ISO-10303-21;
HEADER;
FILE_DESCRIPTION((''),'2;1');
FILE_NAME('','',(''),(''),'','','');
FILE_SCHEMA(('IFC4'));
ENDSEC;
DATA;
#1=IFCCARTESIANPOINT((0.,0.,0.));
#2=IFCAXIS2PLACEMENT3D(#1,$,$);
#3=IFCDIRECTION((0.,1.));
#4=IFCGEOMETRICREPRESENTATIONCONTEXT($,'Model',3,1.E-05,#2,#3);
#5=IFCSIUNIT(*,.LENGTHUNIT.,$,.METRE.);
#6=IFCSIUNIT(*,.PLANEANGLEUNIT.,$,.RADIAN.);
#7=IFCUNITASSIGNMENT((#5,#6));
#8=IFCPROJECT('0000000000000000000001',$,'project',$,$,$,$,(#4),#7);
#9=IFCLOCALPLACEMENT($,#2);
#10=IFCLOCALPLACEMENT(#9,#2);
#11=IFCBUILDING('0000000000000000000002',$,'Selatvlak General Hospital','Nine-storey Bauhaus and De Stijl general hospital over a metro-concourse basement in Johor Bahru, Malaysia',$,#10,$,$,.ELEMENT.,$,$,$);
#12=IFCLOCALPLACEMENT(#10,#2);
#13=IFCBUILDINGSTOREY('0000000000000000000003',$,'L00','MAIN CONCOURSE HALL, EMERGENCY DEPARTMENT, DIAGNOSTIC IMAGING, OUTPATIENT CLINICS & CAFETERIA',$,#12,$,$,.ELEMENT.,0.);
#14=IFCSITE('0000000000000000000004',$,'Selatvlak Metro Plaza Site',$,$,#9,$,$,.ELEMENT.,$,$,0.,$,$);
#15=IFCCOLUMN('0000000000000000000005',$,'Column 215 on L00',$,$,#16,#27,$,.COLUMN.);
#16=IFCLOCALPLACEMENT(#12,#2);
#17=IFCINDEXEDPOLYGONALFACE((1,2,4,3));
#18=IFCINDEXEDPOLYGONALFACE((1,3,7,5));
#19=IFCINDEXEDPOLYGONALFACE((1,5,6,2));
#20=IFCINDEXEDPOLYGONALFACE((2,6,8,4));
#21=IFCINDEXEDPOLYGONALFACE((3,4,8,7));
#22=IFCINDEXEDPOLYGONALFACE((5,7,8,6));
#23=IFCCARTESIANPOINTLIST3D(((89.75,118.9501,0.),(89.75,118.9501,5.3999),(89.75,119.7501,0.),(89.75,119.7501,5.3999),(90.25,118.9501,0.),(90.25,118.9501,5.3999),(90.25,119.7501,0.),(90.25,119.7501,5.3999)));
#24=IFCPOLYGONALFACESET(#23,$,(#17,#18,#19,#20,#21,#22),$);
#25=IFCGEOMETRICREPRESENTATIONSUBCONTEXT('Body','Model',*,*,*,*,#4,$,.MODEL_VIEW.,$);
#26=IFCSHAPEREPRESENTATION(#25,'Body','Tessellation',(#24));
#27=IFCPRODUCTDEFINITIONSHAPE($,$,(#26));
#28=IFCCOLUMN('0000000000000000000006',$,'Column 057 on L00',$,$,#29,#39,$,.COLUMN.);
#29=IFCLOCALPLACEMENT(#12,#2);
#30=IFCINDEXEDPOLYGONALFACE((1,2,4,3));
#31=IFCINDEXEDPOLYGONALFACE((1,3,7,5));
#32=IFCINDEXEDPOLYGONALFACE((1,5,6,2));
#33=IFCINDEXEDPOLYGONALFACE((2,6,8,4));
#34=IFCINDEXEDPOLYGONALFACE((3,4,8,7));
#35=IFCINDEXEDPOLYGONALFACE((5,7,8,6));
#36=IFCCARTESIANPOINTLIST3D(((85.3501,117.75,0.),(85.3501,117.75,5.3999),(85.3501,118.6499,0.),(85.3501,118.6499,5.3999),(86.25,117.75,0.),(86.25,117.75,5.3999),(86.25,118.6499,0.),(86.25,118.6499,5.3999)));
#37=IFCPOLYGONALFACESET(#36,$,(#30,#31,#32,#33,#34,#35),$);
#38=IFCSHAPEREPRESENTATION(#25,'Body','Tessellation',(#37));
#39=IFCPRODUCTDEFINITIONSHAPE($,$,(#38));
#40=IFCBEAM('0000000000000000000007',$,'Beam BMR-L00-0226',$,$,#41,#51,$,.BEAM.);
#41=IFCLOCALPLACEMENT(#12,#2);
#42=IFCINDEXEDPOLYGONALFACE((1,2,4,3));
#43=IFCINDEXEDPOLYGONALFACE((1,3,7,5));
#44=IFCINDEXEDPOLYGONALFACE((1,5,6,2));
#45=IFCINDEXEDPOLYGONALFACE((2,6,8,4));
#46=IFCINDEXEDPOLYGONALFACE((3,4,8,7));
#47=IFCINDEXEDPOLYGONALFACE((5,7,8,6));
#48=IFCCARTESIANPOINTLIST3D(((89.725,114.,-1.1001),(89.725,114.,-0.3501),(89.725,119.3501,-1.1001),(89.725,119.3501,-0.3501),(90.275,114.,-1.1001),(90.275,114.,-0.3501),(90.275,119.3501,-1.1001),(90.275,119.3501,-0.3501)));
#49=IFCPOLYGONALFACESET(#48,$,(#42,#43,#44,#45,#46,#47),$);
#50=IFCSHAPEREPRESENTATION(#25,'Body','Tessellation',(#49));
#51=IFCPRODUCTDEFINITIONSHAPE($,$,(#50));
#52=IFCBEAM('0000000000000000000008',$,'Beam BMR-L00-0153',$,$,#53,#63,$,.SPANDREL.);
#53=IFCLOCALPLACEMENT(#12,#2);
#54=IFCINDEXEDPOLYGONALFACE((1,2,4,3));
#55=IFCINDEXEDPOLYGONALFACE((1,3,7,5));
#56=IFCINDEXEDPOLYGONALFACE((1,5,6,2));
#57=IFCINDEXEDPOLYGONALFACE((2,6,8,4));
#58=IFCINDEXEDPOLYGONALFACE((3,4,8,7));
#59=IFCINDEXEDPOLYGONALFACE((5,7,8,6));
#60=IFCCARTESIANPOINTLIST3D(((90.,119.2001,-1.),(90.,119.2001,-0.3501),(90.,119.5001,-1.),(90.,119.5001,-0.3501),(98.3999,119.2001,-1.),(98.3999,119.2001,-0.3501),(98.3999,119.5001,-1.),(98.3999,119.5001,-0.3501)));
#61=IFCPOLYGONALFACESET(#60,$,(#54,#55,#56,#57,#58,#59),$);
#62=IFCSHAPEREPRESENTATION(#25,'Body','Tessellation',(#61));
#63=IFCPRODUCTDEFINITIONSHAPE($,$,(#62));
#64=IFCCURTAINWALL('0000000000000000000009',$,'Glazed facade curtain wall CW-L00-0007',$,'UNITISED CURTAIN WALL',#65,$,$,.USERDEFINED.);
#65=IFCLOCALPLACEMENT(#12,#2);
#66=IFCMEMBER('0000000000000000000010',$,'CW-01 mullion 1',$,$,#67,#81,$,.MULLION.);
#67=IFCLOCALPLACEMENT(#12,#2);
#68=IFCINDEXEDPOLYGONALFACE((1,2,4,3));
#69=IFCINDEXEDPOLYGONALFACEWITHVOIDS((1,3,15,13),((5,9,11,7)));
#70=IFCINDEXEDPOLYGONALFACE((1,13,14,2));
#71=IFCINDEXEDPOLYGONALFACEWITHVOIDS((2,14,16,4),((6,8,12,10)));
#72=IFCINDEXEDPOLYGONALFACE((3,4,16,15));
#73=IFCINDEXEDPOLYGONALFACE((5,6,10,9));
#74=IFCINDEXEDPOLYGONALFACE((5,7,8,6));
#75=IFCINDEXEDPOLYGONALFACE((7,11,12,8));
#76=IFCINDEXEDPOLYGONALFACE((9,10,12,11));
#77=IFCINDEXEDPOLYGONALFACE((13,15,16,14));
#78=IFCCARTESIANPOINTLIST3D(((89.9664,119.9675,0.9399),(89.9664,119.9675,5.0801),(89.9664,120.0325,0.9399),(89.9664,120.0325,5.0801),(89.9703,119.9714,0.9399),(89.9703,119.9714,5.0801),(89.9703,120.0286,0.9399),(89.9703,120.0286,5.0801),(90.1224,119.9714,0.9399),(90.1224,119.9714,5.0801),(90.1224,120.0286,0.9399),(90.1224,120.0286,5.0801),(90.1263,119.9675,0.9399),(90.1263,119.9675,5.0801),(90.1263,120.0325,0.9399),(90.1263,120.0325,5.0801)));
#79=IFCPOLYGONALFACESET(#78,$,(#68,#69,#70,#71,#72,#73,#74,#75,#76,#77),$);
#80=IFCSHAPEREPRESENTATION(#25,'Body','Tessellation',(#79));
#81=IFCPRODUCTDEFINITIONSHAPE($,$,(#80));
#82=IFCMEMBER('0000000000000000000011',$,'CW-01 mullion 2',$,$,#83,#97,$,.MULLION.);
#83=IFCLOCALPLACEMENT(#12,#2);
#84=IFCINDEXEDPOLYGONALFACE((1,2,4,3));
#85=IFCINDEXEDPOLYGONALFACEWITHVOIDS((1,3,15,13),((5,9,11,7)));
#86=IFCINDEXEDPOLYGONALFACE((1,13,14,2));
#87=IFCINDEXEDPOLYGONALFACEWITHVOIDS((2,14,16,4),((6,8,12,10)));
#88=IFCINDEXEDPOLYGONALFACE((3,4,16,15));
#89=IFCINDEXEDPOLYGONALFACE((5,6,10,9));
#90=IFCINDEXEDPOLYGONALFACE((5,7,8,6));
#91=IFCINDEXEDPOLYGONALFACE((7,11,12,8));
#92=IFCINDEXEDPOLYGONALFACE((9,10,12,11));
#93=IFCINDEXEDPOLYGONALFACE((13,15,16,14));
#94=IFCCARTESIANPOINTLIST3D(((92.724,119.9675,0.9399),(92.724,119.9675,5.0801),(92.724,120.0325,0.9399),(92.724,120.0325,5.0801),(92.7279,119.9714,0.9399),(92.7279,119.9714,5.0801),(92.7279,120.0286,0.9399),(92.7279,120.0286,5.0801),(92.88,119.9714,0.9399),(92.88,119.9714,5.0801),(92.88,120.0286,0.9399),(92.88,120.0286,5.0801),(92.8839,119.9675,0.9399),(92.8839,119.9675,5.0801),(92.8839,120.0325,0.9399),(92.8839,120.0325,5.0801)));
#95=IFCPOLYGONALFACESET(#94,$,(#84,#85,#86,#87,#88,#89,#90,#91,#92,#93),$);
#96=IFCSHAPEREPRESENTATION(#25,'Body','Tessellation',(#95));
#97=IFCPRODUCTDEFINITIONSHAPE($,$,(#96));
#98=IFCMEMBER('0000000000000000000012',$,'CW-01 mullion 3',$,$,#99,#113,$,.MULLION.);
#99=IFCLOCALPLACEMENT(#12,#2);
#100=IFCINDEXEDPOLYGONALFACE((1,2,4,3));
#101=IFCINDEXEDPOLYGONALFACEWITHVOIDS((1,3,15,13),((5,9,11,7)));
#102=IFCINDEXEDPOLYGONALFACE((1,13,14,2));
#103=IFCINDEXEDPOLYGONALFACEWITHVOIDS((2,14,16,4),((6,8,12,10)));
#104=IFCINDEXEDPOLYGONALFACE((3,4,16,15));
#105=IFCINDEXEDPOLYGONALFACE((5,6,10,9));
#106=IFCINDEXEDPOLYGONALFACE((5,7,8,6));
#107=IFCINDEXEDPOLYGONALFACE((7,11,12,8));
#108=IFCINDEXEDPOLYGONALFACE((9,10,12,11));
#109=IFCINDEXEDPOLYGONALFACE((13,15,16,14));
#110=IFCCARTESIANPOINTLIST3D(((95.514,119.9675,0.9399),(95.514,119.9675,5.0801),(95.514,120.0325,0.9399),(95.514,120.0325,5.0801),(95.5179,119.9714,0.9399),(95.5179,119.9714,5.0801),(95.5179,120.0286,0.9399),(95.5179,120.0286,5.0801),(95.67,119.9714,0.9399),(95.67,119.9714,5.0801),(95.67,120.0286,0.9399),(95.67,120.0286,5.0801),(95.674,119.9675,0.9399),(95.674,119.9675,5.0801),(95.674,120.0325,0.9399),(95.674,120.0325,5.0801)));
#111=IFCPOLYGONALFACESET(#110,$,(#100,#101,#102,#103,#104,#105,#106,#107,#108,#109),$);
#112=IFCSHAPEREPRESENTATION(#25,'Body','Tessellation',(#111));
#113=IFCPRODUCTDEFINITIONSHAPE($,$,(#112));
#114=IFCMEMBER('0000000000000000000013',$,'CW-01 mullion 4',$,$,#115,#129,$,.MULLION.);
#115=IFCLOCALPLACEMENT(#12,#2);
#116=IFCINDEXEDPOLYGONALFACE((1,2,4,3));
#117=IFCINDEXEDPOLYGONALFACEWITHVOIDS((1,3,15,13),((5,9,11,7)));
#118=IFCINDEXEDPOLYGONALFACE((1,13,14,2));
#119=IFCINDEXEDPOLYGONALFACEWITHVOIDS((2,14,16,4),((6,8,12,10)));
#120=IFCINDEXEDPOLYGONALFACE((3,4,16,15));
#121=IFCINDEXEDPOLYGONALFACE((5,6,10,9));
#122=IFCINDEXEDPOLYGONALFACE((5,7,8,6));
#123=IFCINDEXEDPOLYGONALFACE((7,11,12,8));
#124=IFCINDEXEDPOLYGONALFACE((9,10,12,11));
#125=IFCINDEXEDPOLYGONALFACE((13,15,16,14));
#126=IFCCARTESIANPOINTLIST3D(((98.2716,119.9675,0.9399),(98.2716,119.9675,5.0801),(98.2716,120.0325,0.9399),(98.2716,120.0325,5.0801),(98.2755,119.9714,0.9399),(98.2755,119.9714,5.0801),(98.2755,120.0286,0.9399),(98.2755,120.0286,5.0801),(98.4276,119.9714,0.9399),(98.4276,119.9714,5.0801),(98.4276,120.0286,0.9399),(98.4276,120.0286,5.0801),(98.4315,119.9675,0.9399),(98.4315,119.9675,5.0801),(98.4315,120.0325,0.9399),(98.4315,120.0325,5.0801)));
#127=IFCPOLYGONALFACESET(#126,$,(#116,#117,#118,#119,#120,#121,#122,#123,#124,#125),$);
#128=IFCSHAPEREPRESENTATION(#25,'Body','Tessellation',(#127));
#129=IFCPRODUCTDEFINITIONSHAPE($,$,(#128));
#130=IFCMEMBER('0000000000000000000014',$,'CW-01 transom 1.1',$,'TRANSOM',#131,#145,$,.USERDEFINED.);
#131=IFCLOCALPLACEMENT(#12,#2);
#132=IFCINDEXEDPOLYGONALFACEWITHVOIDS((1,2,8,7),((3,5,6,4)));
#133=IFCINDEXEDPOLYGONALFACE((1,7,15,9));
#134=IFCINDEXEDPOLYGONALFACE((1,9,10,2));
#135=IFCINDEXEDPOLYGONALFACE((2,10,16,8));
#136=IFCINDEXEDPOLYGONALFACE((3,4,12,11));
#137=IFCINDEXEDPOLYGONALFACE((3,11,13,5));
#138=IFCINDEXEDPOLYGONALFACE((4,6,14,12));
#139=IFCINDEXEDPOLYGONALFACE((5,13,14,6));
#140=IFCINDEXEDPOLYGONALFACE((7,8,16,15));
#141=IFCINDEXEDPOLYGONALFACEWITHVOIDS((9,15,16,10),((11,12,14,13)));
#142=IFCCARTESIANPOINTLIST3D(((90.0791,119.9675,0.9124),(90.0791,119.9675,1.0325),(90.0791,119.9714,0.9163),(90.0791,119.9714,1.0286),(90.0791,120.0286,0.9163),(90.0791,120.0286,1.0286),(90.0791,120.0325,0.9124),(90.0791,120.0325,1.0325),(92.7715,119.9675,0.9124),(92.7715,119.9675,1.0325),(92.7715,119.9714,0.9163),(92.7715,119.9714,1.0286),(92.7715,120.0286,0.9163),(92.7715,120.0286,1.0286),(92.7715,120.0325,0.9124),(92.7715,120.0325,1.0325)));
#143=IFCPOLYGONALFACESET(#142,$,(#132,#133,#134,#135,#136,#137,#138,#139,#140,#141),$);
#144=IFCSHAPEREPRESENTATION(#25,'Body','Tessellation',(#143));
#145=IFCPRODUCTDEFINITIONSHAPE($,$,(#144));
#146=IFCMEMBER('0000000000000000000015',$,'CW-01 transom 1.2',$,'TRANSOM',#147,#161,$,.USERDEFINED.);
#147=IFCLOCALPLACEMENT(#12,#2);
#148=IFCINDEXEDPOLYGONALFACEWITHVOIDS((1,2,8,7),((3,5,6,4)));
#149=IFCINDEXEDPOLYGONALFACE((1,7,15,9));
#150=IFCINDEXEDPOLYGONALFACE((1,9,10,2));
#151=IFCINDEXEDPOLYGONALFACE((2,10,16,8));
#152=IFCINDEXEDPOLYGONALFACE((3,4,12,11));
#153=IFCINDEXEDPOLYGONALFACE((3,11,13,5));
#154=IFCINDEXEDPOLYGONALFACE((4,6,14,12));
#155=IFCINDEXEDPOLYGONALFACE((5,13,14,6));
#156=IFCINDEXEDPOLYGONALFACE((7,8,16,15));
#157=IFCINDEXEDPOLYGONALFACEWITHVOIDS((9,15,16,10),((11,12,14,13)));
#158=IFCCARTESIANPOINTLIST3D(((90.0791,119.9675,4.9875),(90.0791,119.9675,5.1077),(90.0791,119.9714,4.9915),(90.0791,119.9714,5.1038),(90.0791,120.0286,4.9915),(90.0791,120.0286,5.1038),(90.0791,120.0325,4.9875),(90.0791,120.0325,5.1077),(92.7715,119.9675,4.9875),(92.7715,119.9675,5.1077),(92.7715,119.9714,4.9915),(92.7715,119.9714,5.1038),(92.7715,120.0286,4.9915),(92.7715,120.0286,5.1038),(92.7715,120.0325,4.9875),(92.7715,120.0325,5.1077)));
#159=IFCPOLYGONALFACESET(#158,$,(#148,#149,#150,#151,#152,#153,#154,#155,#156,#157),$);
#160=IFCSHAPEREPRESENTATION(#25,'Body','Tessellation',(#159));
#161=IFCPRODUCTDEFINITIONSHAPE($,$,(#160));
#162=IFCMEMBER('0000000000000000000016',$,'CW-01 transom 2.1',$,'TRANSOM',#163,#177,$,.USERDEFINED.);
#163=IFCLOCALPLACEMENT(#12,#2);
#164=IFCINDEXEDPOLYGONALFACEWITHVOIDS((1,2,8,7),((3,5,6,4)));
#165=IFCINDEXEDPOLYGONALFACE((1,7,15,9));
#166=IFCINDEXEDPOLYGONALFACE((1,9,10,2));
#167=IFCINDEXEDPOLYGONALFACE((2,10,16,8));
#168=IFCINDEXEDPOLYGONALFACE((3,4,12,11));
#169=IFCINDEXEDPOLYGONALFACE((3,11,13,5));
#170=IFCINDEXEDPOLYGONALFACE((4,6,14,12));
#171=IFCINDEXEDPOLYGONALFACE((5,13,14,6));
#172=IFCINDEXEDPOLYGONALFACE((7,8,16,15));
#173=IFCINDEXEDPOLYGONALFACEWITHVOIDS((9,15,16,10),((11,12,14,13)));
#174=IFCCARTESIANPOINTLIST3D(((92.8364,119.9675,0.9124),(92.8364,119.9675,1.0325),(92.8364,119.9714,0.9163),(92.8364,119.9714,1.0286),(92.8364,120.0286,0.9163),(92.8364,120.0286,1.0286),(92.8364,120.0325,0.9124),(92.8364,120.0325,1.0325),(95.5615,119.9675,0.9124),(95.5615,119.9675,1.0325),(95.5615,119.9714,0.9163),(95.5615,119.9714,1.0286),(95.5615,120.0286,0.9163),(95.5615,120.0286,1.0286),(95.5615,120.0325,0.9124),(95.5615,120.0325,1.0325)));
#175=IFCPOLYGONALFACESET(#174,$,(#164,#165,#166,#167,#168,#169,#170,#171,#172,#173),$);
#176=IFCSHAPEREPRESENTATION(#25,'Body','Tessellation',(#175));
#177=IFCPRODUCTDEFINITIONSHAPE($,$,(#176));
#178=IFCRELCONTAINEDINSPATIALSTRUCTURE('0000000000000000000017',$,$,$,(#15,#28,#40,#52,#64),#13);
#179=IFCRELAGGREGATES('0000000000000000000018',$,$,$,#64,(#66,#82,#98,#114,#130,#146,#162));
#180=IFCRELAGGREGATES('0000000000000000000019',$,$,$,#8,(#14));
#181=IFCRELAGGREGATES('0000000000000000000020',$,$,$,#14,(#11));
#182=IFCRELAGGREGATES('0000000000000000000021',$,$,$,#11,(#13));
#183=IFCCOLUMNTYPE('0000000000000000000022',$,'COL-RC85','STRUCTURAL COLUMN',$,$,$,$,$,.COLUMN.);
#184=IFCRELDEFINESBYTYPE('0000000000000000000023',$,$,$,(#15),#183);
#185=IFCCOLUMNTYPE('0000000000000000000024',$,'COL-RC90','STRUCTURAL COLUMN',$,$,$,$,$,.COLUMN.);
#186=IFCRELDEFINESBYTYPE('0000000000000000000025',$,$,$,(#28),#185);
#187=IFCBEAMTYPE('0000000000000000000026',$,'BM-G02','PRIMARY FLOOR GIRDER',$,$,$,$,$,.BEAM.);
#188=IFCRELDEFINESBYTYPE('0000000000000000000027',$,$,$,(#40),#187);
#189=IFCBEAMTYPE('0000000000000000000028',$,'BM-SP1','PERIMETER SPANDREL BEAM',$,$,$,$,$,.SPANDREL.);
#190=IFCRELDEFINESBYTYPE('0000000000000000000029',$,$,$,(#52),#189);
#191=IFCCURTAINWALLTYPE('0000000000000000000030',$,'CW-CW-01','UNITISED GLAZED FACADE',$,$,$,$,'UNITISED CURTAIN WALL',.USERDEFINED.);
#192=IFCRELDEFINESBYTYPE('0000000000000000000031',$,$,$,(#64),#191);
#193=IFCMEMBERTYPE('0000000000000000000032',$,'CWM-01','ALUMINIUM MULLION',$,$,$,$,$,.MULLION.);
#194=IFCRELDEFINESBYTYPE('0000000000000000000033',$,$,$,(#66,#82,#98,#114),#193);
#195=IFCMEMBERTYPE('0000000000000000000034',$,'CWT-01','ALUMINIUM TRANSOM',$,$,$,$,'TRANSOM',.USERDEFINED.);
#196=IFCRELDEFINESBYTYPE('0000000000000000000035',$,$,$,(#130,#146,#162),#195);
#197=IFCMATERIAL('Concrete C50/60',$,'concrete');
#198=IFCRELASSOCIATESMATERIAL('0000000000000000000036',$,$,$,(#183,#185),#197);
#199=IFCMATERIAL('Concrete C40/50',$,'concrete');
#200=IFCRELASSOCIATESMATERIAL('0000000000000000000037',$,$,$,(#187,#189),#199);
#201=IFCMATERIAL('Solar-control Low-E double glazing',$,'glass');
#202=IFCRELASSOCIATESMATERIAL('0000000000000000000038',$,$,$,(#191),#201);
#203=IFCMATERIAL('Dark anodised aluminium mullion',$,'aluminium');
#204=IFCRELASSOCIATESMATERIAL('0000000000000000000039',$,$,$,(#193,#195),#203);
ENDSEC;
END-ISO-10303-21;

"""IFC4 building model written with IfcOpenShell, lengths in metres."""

from ifc_helpers import new_model, si_unit, direction, frame, origin, origin_2d, place, context, subcontext, project, spatial, rectangle, hollow_rectangle, extrude, material, material_profile, profile_set, type_object, element, aggregate, save


model = new_model("IFC4")

# Units and contexts
model_context = context("Model", 3, precision=1e-05, world=origin(), true_north=direction((0.0, 1.0)))
body_context = subcontext(model_context, "Body", "Model", "MODEL_VIEW")
ifc_project = project(units=[si_unit("LENGTHUNIT", "METRE"), si_unit("PLANEANGLEUNIT", "RADIAN")], contexts=[model_context])

# Site, building, storey
site_placement = place(None, origin())
site = spatial("IfcSite", under=ifc_project, at=site_placement, Name="Selatvlak Metro Plaza Site", CompositionType="ELEMENT", RefElevation=0.0)
building_placement = place(site_placement, origin())
building = spatial("IfcBuilding", under=site, at=building_placement, Name="Selatvlak General Hospital", Description="Nine-storey Bauhaus and De Stijl general hospital over a metro-concourse basement in Johor Bahru, Malaysia", CompositionType="ELEMENT")
storey_placement = place(building_placement, origin())
storey = spatial("IfcBuildingStorey", under=building, at=storey_placement, Name="L00", Description="MAIN CONCOURSE HALL, EMERGENCY DEPARTMENT, DIAGNOSTIC IMAGING, OUTPATIENT CLINICS & CAFETERIA", CompositionType="ELEMENT", Elevation=0.0)

# Columns
ifc_material_1 = material(Name="Concrete C50/60", Category="concrete")
ifc_material_profile_1 = material_profile(ifc_material_1, rectangle(XDim=0.5, YDim=0.8, at=origin_2d()), Name="RC-COL 800x500")
ifc_profile_set_1 = profile_set([ifc_material_profile_1], Name="Concrete C50/60")
column_type_1 = type_object("IfcColumnType", Name="COL-RC85", Description="STRUCTURAL COLUMN", PredefinedType="COLUMN", material=ifc_profile_set_1)
column_1_placement = place(storey_placement, frame((90.0, 119.3501, 0.0), z_axis=(0.0, 0.0, 1.0), x_axis=(1.0, 0.0, 0.0)))
element("IfcColumn", 1, at=column_1_placement, inside=storey, type_object=column_type_1, Name="Column 215 on L00", PredefinedType="COLUMN", context=body_context, shape_type="SweptSolid", body=[
    extrude(rectangle(XDim=0.5, YDim=0.8, at=origin_2d()), origin(), (0.0, 0.0, 1.0), 5.3999),
])
ifc_material_profile_2 = material_profile(ifc_material_1, rectangle(XDim=0.8999, YDim=0.8999, at=origin_2d()), Name="RC-COL 900x900")
ifc_profile_set_2 = profile_set([ifc_material_profile_2], Name="Concrete C50/60")
column_type_2 = type_object("IfcColumnType", Name="COL-RC90", Description="STRUCTURAL COLUMN", PredefinedType="COLUMN", material=ifc_profile_set_2)
column_2_placement = place(storey_placement, frame((85.8, 118.2, 0.0), z_axis=(0.0, 0.0, 1.0), x_axis=(1.0, 0.0, 0.0)))
element("IfcColumn", 2, at=column_2_placement, inside=storey, type_object=column_type_2, Name="Column 057 on L00", PredefinedType="COLUMN", context=body_context, shape_type="SweptSolid", body=[
    extrude(rectangle(XDim=0.8999, YDim=0.8999, at=origin_2d()), origin(), (0.0, 0.0, 1.0), 5.3999),
])

# Beams
ifc_material_2 = material(Name="Concrete C40/50", Category="concrete")
ifc_material_profile_3 = material_profile(ifc_material_2, rectangle(XDim=0.55, YDim=0.75, at=origin_2d()), Name="RC-BM 550x750")
ifc_profile_set_3 = profile_set([ifc_material_profile_3], Name="Concrete C40/50")
beam_type_1 = type_object("IfcBeamType", Name="BM-G02", Description="PRIMARY FLOOR GIRDER", PredefinedType="BEAM", material=ifc_profile_set_3)
beam_1_placement = place(storey_placement, frame((90.0, 114.0, -0.7251), z_axis=(0.0, 1.0, 0.0), x_axis=(-1.0, 0.0, 0.0)))
element("IfcBeam", 3, at=beam_1_placement, inside=storey, type_object=beam_type_1, Name="Beam BMR-L00-0226", PredefinedType="BEAM", context=body_context, shape_type="SweptSolid", body=[
    extrude(rectangle(XDim=0.55, YDim=0.75, at=origin_2d()), origin(), (0.0, 0.0, 1.0), 5.3501),
])
ifc_material_profile_4 = material_profile(ifc_material_2, rectangle(XDim=0.3, YDim=0.6499, at=origin_2d()), Name="RC-SP 300x650")
ifc_profile_set_4 = profile_set([ifc_material_profile_4], Name="Concrete C40/50")
beam_type_2 = type_object("IfcBeamType", Name="BM-SP1", Description="PERIMETER SPANDREL BEAM", PredefinedType="SPANDREL", material=ifc_profile_set_4)
beam_2_placement = place(storey_placement, frame((90.0, 119.3501, -0.675), z_axis=(1.0, 0.0, 0.0), x_axis=(0.0, 1.0, 0.0)))
element("IfcBeam", 4, at=beam_2_placement, inside=storey, type_object=beam_type_2, Name="Beam BMR-L00-0153", PredefinedType="SPANDREL", context=body_context, shape_type="SweptSolid", body=[
    extrude(rectangle(XDim=0.3, YDim=0.6499, at=origin_2d()), origin(), (0.0, 0.0, 1.0), 8.3999),
])

# Curtain wall, members
ifc_material_3 = material(Name="Solar-control Low-E double glazing", Category="glass")
curtain_wall_type = type_object("IfcCurtainWallType", Name="CW-CW-01", Description="UNITISED GLAZED FACADE", ElementType="UNITISED CURTAIN WALL", PredefinedType="USERDEFINED", material=ifc_material_3)
curtain_wall_placement = place(storey_placement, origin())
curtain_wall = element("IfcCurtainWall", 5, at=curtain_wall_placement, inside=storey, type_object=curtain_wall_type, Name="Glazed facade curtain wall CW-L00-0007", ObjectType="UNITISED CURTAIN WALL", PredefinedType="USERDEFINED")
ifc_material_4 = material(Name="Dark anodised aluminium mullion", Category="aluminium")
ifc_material_profile_5 = material_profile(ifc_material_4, hollow_rectangle(XDim=0.0649, YDim=0.1599, WallThickness=0.0039, at=origin_2d()), Name="AL-MUL 65x160x4")
ifc_profile_set_5 = profile_set([ifc_material_profile_5], Name="Dark anodised aluminium mullion")
member_type_1 = type_object("IfcMemberType", Name="CWM-01", Description="ALUMINIUM MULLION", PredefinedType="MULLION", material=ifc_profile_set_5)
member_1_placement = place(storey_placement, frame((90.0464, 120.0, 0.9399), z_axis=(0.0, 0.0, 1.0), x_axis=(0.0, 1.0, 0.0)))
member_1 = element("IfcMember", 6, at=member_1_placement, type_object=member_type_1, Name="CW-01 mullion 1", PredefinedType="MULLION", context=body_context, shape_type="SweptSolid", body=[
    extrude(hollow_rectangle(XDim=0.0649, YDim=0.1599, WallThickness=0.0039, at=origin_2d()), origin(), (0.0, 0.0, 1.0), 4.1401),
])
member_2_placement = place(storey_placement, frame((92.804, 120.0, 0.9399), z_axis=(0.0, 0.0, 1.0), x_axis=(0.0, 1.0, 0.0)))
member_2 = element("IfcMember", 7, at=member_2_placement, type_object=member_type_1, Name="CW-01 mullion 2", PredefinedType="MULLION", context=body_context, shape_type="SweptSolid", body=[
    extrude(hollow_rectangle(XDim=0.0649, YDim=0.1599, WallThickness=0.0039, at=origin_2d()), origin(), (0.0, 0.0, 1.0), 4.1401),
])
member_3_placement = place(storey_placement, frame((95.594, 120.0, 0.9399), z_axis=(0.0, 0.0, 1.0), x_axis=(0.0, 1.0, 0.0)))
member_3 = element("IfcMember", 8, at=member_3_placement, type_object=member_type_1, Name="CW-01 mullion 3", PredefinedType="MULLION", context=body_context, shape_type="SweptSolid", body=[
    extrude(hollow_rectangle(XDim=0.0649, YDim=0.1599, WallThickness=0.0039, at=origin_2d()), origin(), (0.0, 0.0, 1.0), 4.1401),
])
member_4_placement = place(storey_placement, frame((98.3516, 120.0, 0.9399), z_axis=(0.0, 0.0, 1.0), x_axis=(0.0, 1.0, 0.0)))
member_4 = element("IfcMember", 9, at=member_4_placement, type_object=member_type_1, Name="CW-01 mullion 4", PredefinedType="MULLION", context=body_context, shape_type="SweptSolid", body=[
    extrude(hollow_rectangle(XDim=0.0649, YDim=0.1599, WallThickness=0.0039, at=origin_2d()), origin(), (0.0, 0.0, 1.0), 4.1401),
])
ifc_material_profile_6 = material_profile(ifc_material_4, hollow_rectangle(XDim=0.0649, YDim=0.1201, WallThickness=0.0039, at=origin_2d()), Name="AL-TRN 65x120x4")
ifc_profile_set_6 = profile_set([ifc_material_profile_6], Name="Dark anodised aluminium mullion")
member_type_2 = type_object("IfcMemberType", Name="CWT-01", Description="ALUMINIUM TRANSOM", ElementType="TRANSOM", PredefinedType="USERDEFINED", material=ifc_profile_set_6)
member_5_placement = place(storey_placement, frame((90.0791, 120.0, 0.9724), z_axis=(1.0, 0.0, 0.0), x_axis=(0.0, 1.0, 0.0)))
member_5 = element("IfcMember", 10, at=member_5_placement, type_object=member_type_2, Name="CW-01 transom 1.1", ObjectType="TRANSOM", PredefinedType="USERDEFINED", context=body_context, shape_type="SweptSolid", body=[
    extrude(hollow_rectangle(XDim=0.0649, YDim=0.1201, WallThickness=0.0039, at=origin_2d()), origin(), (0.0, 0.0, 1.0), 2.6924),
])
member_6_placement = place(storey_placement, frame((90.0791, 120.0, 5.0476), z_axis=(1.0, 0.0, 0.0), x_axis=(0.0, 1.0, 0.0)))
member_6 = element("IfcMember", 11, at=member_6_placement, type_object=member_type_2, Name="CW-01 transom 1.2", ObjectType="TRANSOM", PredefinedType="USERDEFINED", context=body_context, shape_type="SweptSolid", body=[
    extrude(hollow_rectangle(XDim=0.0649, YDim=0.1201, WallThickness=0.0039, at=origin_2d()), origin(), (0.0, 0.0, 1.0), 2.6924),
])
member_7_placement = place(storey_placement, frame((92.8364, 120.0, 0.9724), z_axis=(1.0, 0.0, 0.0), x_axis=(0.0, 1.0, 0.0)))
member_7 = element("IfcMember", 12, at=member_7_placement, type_object=member_type_2, Name="CW-01 transom 2.1", ObjectType="TRANSOM", PredefinedType="USERDEFINED", context=body_context, shape_type="SweptSolid", body=[
    extrude(hollow_rectangle(XDim=0.0649, YDim=0.1201, WallThickness=0.0039, at=origin_2d()), origin(), (0.0, 0.0, 1.0), 2.7251),
])
aggregate(curtain_wall, [member_1, member_2, member_3, member_4, member_5, member_6, member_7])

save(model, "model.ifc")
